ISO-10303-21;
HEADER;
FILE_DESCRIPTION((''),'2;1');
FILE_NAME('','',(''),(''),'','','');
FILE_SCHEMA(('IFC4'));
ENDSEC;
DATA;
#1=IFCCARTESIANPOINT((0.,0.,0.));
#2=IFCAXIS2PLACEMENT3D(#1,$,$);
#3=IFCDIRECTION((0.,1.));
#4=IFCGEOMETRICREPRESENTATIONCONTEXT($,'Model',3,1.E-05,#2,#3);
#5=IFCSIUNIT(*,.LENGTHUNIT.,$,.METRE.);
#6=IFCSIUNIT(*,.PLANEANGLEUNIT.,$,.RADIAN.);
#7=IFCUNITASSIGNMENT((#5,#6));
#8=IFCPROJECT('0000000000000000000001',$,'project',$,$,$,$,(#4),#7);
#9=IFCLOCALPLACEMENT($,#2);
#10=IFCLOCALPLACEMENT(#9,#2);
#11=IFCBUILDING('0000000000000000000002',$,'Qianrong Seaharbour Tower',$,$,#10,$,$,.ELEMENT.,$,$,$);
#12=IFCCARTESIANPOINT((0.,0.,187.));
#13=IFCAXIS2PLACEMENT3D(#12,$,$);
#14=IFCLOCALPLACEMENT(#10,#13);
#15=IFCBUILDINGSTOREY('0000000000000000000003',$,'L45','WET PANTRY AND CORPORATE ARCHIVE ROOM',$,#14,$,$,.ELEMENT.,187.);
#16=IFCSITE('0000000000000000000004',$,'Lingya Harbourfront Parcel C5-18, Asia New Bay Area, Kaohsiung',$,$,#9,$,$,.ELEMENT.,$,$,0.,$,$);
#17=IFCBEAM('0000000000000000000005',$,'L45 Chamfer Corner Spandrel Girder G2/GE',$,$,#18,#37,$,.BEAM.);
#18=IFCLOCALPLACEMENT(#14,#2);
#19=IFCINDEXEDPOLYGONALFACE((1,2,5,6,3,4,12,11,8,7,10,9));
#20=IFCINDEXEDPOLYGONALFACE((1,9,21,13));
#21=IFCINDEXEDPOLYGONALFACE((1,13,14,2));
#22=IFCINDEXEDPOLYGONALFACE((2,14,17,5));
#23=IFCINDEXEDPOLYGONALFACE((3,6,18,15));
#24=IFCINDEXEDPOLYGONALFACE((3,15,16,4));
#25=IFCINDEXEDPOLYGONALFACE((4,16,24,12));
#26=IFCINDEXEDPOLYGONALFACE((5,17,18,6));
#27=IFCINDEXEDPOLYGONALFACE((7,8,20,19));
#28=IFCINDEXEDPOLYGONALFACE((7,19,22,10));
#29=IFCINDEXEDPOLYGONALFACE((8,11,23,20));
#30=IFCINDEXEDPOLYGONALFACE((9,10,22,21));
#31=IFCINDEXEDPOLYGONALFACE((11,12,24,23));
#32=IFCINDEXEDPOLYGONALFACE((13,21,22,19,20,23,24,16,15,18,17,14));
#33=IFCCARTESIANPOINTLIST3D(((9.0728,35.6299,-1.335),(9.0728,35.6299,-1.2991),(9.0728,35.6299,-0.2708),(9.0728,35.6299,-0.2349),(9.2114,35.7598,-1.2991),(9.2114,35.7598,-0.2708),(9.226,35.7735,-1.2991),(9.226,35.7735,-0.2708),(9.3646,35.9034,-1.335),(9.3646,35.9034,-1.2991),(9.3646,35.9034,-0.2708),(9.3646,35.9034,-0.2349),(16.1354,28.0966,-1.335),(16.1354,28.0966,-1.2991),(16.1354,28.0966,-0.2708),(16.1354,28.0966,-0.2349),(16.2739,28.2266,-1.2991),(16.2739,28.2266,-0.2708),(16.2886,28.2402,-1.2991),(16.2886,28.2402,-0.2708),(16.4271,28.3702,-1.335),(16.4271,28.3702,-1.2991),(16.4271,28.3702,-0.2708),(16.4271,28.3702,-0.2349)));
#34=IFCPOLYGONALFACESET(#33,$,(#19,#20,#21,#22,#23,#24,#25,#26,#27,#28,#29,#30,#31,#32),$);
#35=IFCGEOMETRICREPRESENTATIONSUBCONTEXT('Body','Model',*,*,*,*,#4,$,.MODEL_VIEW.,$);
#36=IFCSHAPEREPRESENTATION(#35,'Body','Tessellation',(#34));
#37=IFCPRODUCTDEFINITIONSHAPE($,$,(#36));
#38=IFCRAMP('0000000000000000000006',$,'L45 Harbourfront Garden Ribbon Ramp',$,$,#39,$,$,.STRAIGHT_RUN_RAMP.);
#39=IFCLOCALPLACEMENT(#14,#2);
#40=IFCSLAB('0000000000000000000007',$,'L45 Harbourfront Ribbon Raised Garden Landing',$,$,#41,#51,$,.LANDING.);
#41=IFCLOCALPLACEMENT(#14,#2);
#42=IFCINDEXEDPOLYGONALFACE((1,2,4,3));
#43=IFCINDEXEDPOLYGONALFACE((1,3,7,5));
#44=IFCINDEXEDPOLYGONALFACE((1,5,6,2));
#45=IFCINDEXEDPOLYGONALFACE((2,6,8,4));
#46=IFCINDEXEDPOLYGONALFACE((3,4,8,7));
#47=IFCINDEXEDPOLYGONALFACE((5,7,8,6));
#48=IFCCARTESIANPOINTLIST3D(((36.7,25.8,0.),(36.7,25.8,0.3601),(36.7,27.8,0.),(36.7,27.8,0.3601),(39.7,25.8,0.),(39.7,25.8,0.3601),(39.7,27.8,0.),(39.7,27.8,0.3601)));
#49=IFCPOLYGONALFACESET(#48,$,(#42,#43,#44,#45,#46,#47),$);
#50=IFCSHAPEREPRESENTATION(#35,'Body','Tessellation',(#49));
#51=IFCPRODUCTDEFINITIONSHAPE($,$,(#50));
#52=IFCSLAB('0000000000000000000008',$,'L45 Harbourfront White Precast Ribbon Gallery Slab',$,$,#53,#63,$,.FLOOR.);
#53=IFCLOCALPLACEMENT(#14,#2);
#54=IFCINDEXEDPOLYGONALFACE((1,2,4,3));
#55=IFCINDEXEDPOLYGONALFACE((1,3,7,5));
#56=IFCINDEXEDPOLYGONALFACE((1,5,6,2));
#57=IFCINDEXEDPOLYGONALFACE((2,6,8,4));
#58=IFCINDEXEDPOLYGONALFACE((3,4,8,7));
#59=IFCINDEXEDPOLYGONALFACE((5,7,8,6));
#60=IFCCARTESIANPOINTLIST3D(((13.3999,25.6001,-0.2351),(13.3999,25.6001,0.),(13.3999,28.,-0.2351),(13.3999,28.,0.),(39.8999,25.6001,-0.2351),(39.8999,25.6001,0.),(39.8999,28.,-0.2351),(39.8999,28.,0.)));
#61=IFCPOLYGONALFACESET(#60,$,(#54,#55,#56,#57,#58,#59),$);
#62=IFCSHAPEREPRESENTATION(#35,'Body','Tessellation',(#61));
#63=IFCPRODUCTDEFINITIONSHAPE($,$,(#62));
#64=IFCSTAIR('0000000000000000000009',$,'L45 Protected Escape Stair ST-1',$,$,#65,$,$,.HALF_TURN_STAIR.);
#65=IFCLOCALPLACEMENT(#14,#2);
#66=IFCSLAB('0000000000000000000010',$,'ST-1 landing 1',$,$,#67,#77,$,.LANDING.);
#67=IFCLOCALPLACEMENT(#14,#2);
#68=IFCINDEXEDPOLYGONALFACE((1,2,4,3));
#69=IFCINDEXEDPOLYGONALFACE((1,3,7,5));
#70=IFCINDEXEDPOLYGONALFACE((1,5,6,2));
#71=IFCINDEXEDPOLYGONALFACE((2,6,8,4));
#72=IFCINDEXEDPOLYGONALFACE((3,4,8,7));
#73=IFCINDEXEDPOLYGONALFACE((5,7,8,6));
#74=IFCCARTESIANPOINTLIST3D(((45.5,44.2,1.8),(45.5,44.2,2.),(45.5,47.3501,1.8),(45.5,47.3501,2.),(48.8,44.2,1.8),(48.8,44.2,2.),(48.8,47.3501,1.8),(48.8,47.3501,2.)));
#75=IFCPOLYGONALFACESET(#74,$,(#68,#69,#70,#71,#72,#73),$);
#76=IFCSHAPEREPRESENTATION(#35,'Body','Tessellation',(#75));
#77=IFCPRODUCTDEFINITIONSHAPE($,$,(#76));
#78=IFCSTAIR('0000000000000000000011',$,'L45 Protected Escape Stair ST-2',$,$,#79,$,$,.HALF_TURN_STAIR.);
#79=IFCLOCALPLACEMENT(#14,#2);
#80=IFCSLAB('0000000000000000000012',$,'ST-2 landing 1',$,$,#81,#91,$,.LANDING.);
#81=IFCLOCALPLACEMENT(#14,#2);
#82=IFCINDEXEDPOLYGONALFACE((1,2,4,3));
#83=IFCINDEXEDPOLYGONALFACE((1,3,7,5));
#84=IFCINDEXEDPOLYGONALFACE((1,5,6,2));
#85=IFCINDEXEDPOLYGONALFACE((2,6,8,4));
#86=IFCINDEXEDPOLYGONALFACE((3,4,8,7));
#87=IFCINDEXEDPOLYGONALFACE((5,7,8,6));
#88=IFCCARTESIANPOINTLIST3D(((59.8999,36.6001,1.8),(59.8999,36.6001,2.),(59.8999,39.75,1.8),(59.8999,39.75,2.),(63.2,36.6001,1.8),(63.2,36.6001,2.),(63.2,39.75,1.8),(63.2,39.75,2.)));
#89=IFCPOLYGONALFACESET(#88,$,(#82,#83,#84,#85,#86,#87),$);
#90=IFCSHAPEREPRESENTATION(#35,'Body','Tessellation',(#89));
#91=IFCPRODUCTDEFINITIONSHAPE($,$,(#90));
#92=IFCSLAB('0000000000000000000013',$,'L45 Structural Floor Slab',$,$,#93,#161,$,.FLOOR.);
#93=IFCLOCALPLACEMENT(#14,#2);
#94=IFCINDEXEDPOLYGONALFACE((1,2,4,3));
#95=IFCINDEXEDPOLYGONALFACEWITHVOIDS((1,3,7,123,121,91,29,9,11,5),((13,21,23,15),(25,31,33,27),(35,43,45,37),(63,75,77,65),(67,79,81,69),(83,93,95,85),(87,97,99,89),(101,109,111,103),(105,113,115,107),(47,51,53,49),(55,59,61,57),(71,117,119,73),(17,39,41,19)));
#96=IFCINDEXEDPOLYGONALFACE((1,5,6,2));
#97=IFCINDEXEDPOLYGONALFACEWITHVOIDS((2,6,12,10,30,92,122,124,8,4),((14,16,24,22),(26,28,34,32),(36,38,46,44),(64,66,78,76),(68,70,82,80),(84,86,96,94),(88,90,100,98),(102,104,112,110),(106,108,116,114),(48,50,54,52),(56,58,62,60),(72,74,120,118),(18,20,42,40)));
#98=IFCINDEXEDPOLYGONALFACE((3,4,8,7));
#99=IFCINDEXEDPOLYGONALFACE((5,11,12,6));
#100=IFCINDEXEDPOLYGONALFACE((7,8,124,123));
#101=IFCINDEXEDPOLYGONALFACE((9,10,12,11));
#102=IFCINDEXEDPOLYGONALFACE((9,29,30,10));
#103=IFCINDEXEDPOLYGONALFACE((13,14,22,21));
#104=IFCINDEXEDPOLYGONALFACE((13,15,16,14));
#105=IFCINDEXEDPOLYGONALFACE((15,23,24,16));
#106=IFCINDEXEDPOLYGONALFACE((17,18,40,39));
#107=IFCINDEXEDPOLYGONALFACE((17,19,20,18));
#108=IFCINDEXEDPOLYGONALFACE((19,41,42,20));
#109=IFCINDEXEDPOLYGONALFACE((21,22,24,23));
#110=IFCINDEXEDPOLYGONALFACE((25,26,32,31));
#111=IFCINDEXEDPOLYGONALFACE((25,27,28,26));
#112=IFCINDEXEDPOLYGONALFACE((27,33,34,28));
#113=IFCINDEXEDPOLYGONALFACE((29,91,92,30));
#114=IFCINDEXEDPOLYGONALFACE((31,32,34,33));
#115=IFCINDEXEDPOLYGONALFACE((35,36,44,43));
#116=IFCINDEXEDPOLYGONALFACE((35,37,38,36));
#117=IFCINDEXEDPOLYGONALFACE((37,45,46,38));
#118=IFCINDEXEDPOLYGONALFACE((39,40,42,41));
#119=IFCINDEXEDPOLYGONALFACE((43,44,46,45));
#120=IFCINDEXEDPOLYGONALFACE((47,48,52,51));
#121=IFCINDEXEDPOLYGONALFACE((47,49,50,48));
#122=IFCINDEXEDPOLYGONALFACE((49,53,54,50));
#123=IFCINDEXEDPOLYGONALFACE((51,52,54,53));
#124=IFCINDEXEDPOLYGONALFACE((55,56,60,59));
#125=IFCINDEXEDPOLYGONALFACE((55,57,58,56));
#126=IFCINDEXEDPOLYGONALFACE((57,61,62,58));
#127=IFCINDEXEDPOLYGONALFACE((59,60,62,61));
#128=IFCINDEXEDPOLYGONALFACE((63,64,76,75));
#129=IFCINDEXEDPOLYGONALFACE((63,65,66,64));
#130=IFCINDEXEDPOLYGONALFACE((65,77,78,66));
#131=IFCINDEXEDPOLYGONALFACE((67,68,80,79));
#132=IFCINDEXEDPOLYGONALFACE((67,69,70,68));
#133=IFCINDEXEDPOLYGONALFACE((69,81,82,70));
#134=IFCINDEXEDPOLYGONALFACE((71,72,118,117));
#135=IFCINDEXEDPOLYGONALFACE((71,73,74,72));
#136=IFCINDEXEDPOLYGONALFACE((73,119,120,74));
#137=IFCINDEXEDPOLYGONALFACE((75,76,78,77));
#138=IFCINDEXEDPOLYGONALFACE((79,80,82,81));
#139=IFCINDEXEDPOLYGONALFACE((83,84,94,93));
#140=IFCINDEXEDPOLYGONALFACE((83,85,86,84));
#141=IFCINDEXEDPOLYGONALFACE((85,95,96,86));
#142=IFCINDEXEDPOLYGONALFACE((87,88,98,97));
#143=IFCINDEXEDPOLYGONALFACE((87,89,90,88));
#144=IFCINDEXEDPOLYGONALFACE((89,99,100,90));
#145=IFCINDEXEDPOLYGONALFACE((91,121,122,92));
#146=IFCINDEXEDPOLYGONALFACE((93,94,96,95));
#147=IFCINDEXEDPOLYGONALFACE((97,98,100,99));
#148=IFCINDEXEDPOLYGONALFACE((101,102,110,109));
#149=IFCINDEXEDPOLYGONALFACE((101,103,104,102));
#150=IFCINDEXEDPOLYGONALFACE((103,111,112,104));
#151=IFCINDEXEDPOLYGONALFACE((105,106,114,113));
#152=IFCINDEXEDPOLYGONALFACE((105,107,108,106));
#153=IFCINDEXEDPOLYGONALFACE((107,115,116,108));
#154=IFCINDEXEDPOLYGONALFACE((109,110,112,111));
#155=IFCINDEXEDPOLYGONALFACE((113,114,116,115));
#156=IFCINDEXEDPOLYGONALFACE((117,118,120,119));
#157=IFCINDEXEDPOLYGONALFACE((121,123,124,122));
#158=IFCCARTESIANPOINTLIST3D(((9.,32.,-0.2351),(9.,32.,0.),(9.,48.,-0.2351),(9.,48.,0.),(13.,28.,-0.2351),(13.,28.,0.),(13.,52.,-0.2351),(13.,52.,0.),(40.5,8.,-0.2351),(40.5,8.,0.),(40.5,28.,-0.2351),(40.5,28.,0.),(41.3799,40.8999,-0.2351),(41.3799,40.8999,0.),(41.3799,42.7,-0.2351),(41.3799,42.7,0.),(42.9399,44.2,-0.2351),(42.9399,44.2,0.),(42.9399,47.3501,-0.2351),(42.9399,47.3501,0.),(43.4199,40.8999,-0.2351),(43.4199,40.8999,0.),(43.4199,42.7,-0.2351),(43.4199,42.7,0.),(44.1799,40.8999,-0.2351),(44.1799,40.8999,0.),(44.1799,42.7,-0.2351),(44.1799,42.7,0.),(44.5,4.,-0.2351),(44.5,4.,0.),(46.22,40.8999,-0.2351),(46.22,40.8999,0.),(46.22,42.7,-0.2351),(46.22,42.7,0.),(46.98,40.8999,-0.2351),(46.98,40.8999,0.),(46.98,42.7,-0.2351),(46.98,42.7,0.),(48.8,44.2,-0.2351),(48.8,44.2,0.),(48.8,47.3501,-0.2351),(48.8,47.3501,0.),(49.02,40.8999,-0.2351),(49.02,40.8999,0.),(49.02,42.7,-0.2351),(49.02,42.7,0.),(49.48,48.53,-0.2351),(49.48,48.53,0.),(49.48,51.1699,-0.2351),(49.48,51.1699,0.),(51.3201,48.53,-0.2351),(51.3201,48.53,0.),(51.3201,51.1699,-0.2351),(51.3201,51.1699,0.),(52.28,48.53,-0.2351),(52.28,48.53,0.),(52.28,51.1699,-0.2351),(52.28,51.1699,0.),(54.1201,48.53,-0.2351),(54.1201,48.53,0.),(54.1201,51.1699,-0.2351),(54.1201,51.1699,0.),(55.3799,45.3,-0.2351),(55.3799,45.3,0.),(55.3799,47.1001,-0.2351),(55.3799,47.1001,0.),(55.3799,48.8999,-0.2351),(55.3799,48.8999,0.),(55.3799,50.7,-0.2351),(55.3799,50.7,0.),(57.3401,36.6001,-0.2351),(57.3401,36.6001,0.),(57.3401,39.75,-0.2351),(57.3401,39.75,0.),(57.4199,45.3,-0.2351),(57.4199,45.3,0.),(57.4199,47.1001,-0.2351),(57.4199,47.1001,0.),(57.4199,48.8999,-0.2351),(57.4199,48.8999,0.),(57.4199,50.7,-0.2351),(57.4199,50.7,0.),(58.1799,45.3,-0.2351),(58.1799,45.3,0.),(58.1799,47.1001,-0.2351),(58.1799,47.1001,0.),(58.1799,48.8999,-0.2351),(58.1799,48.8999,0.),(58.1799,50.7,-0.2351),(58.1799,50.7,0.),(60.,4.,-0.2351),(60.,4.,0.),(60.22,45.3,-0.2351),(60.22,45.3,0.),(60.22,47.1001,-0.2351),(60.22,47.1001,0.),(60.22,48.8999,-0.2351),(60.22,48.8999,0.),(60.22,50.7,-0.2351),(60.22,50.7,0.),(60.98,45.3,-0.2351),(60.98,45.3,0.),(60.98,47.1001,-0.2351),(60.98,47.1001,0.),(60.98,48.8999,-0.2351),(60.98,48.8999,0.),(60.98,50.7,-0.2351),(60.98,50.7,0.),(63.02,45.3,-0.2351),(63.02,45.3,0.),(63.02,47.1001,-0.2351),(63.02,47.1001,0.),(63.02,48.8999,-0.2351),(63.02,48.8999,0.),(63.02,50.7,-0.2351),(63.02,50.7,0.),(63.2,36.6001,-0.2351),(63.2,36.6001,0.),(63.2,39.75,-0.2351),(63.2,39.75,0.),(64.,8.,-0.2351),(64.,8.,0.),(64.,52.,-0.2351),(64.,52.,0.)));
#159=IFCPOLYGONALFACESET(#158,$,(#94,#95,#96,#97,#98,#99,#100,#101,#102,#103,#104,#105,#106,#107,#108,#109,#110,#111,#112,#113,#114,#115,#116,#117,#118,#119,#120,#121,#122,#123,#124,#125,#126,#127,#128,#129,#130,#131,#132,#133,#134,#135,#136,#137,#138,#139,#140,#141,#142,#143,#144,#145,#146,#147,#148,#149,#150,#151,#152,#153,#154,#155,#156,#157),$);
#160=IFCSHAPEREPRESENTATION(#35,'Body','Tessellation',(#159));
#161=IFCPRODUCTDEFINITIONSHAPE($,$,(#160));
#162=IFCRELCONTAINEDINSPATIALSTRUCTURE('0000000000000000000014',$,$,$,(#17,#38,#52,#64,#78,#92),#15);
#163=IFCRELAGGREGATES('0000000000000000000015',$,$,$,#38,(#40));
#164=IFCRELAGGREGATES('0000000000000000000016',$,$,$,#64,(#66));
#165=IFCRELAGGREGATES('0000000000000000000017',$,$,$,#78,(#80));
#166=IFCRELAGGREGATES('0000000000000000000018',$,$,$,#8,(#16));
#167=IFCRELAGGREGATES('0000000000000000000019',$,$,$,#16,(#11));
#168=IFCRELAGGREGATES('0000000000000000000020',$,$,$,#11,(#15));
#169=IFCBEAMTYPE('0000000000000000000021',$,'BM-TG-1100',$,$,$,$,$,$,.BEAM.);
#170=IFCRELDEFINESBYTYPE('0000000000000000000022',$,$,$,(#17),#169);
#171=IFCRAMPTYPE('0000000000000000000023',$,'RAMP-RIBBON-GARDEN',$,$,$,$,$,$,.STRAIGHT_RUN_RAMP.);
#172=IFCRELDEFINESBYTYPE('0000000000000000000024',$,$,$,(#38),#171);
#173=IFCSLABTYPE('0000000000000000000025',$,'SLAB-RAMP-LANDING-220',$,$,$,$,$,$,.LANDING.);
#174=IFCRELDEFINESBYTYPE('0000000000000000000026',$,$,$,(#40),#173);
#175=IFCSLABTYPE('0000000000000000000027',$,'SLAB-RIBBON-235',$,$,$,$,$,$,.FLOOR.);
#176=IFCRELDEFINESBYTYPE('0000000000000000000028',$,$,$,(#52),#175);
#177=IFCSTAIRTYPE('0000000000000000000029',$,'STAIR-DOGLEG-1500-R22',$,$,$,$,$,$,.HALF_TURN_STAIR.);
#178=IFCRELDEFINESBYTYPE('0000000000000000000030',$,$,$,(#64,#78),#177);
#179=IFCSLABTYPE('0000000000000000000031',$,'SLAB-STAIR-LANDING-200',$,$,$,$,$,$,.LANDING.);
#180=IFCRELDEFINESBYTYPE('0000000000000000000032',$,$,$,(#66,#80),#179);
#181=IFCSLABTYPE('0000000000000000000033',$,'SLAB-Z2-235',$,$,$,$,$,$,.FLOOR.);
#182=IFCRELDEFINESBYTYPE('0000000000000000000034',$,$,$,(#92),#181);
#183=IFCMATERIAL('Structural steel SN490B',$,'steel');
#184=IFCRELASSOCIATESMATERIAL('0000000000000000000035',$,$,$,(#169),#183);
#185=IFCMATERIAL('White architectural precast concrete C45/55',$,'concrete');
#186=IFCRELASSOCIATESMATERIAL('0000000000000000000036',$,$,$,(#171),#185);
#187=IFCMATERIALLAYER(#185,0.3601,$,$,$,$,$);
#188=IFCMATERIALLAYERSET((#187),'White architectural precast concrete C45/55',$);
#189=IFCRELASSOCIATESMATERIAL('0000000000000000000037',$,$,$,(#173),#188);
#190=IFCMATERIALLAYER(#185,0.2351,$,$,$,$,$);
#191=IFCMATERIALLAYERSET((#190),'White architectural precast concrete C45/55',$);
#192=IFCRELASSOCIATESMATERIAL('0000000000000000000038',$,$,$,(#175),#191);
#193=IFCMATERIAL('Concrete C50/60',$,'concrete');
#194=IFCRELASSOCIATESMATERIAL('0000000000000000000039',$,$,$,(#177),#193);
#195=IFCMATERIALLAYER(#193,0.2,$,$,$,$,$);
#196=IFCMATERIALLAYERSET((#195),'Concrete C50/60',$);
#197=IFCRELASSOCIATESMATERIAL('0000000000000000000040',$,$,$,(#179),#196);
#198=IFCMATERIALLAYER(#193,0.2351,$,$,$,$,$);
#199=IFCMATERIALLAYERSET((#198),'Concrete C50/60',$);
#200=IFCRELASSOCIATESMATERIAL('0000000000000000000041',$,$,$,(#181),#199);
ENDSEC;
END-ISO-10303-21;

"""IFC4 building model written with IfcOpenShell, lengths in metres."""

from ifc_helpers import new_model, si_unit, direction, frame, origin, origin_2d, place, context, subcontext, project, spatial, polyline, i_section, outline, extrude, material, layer, layer_set, material_profile, profile_set, type_object, element, aggregate, save


model = new_model("IFC4")

# Units and contexts
model_context = context("Model", 3, precision=1e-05, world=origin(), true_north=direction((0.0, 1.0)))
body_context = subcontext(model_context, "Body", "Model", "MODEL_VIEW")
ifc_project = project(units=[si_unit("LENGTHUNIT", "METRE"), si_unit("PLANEANGLEUNIT", "RADIAN")], contexts=[model_context])

# Site, building, storey
site_placement = place(None, origin())
site = spatial("IfcSite", under=ifc_project, at=site_placement, Name="Lingya Harbourfront Parcel C5-18, Asia New Bay Area, Kaohsiung", CompositionType="ELEMENT", RefElevation=0.0)
building_placement = place(site_placement, origin())
building = spatial("IfcBuilding", under=site, at=building_placement, Name="Qianrong Seaharbour Tower", CompositionType="ELEMENT")
storey_placement = place(building_placement, frame((0.0, 0.0, 187.0)))
storey = spatial("IfcBuildingStorey", under=building, at=storey_placement, Name="L45", Description="WET PANTRY AND CORPORATE ARCHIVE ROOM", CompositionType="ELEMENT", Elevation=187.0)

# Shared definitions
ifc_material_1 = material(Name="Structural steel SN490B", Category="steel")

# Beam
ifc_material_profile_1 = material_profile(ifc_material_1, i_section(OverallWidth=0.3999, OverallDepth=1.1001, WebThickness=0.02, FlangeThickness=0.0359, at=origin_2d()), Name="BH1100x400x20x36")
ifc_profile_set_1 = profile_set([ifc_material_profile_1], Name="Structural steel SN490B")
beam_type_1 = type_object("IfcBeamType", Name="BM-TG-1100", PredefinedType="BEAM", material=ifc_profile_set_1)
beam_1_placement = place(storey_placement, frame((16.2812, 28.2334, -0.7849), z_axis=(-0.683947, 0.729531, 0.0), x_axis=(-0.729531, -0.683947, 0.0)))
element("IfcBeam", 1, at=beam_1_placement, inside=storey, type_object=beam_type_1, Name="L45 Chamfer Corner Spandrel Girder G2/GE", PredefinedType="BEAM", context=body_context, shape_type="SweptSolid", body=[
    extrude(i_section(OverallWidth=0.3999, OverallDepth=1.1001, WebThickness=0.02, FlangeThickness=0.0359, at=origin_2d()), origin(), (0.0, 0.0, 1.0), 10.3262),
])

# Ramp, slab
ifc_material_2 = material(Name="White architectural precast concrete C45/55", Category="concrete")
ramp_type = type_object("IfcRampType", Name="RAMP-RIBBON-GARDEN", PredefinedType="STRAIGHT_RUN_RAMP", material=ifc_material_2)
ramp_placement = place(storey_placement, origin())
ramp = element("IfcRamp", 2, at=ramp_placement, inside=storey, type_object=ramp_type, Name="L45 Harbourfront Garden Ribbon Ramp", PredefinedType="STRAIGHT_RUN_RAMP")
ifc_layer_1 = layer(ifc_material_2, 0.3601)
ifc_layer_set_1 = layer_set([ifc_layer_1], Name="White architectural precast concrete C45/55")
slab_type_1 = type_object("IfcSlabType", Name="SLAB-RAMP-LANDING-220", PredefinedType="LANDING", material=ifc_layer_set_1)
slab_1_placement = place(storey_placement, origin())
slab_1 = element("IfcSlab", 3, at=slab_1_placement, type_object=slab_type_1, Name="L45 Harbourfront Ribbon Raised Garden Landing", PredefinedType="LANDING", context=body_context, shape_type="SweptSolid", body=[
    extrude(outline(polyline([(36.7, 25.8), (39.7, 25.8), (39.7, 27.8), (36.7, 27.8), (36.7, 25.8)])), origin(), (0.0, 0.0, 1.0), 0.3601),
])
aggregate(ramp, [slab_1])

# Slab
ifc_layer_2 = layer(ifc_material_2, 0.2351)
ifc_layer_set_2 = layer_set([ifc_layer_2], Name="White architectural precast concrete C45/55")
slab_type_2 = type_object("IfcSlabType", Name="SLAB-RIBBON-235", PredefinedType="FLOOR", material=ifc_layer_set_2)
slab_2_placement = place(storey_placement, frame((0.0, 0.0, -0.2351)))
element("IfcSlab", 4, at=slab_2_placement, inside=storey, type_object=slab_type_2, Name="L45 Harbourfront White Precast Ribbon Gallery Slab", PredefinedType="FLOOR", context=body_context, shape_type="SweptSolid", body=[
    extrude(outline(polyline([(13.3999, 25.6001), (39.8999, 25.6001), (39.8999, 28.0), (13.3999, 28.0), (13.3999, 25.6001)])), origin(), (0.0, 0.0, 1.0), 0.2351),
])

# Stairs, slabs
ifc_material_3 = material(Name="Concrete C50/60", Category="concrete")
stair_type = type_object("IfcStairType", Name="STAIR-DOGLEG-1500-R22", PredefinedType="HALF_TURN_STAIR", material=ifc_material_3)
stair_1_placement = place(storey_placement, origin())
stair_1 = element("IfcStair", 5, at=stair_1_placement, inside=storey, type_object=stair_type, Name="L45 Protected Escape Stair ST-1", PredefinedType="HALF_TURN_STAIR")
ifc_layer_3 = layer(ifc_material_3, 0.2)
ifc_layer_set_3 = layer_set([ifc_layer_3], Name="Concrete C50/60")
slab_type_3 = type_object("IfcSlabType", Name="SLAB-STAIR-LANDING-200", PredefinedType="LANDING", material=ifc_layer_set_3)
slab_3_placement = place(storey_placement, frame((0.0, 0.0, 1.8)))
slab_3 = element("IfcSlab", 6, at=slab_3_placement, type_object=slab_type_3, Name="ST-1 landing 1", PredefinedType="LANDING", context=body_context, shape_type="SweptSolid", body=[
    extrude(outline(polyline([(45.5, 44.2), (48.8, 44.2), (48.8, 47.3501), (45.5, 47.3501), (45.5, 44.2)])), origin(), (0.0, 0.0, 1.0), 0.2),
])
aggregate(stair_1, [slab_3])
stair_2_placement = place(storey_placement, origin())
stair_2 = element("IfcStair", 7, at=stair_2_placement, inside=storey, type_object=stair_type, Name="L45 Protected Escape Stair ST-2", PredefinedType="HALF_TURN_STAIR")
slab_4_placement = place(storey_placement, frame((0.0, 0.0, 1.8)))
slab_4 = element("IfcSlab", 8, at=slab_4_placement, type_object=slab_type_3, Name="ST-2 landing 1", PredefinedType="LANDING", context=body_context, shape_type="SweptSolid", body=[
    extrude(outline(polyline([(59.8999, 36.6001), (63.2, 36.6001), (63.2, 39.75), (59.8999, 39.75), (59.8999, 36.6001)])), origin(), (0.0, 0.0, 1.0), 0.2),
])
aggregate(stair_2, [slab_4])

# Slab
ifc_layer_4 = layer(ifc_material_3, 0.2351)
ifc_layer_set_4 = layer_set([ifc_layer_4], Name="Concrete C50/60")
slab_type_4 = type_object("IfcSlabType", Name="SLAB-Z2-235", PredefinedType="FLOOR", material=ifc_layer_set_4)
slab_5_placement = place(storey_placement, frame((0.0, 0.0, -0.2351)))
element("IfcSlab", 9, at=slab_5_placement, inside=storey, type_object=slab_type_4, Name="L45 Structural Floor Slab", PredefinedType="FLOOR", context=body_context, shape_type="SweptSolid", body=[
    extrude(outline(polyline([(44.5, 4.0), (60.0, 4.0), (64.0, 8.0), (64.0, 52.0), (13.0, 52.0), (9.0, 48.0), (9.0, 32.0), (13.0, 28.0), (40.5, 28.0), (40.5, 8.0), (44.5, 4.0)]), holes=[polyline([(42.9399, 44.2), (42.9399, 47.3501), (48.8, 47.3501), (48.8, 44.2), (42.9399, 44.2)]), polyline([(57.3401, 36.6001), (57.3401, 39.75), (63.2, 39.75), (63.2, 36.6001), (57.3401, 36.6001)]), polyline([(49.48, 48.53), (49.48, 51.1699), (51.3201, 51.1699), (51.3201, 48.53), (49.48, 48.53)]), polyline([(52.28, 48.53), (52.28, 51.1699), (54.1201, 51.1699), (54.1201, 48.53), (52.28, 48.53)]), polyline([(41.3799, 40.8999), (41.3799, 42.7), (43.4199, 42.7), (43.4199, 40.8999), (41.3799, 40.8999)]), polyline([(44.1799, 40.8999), (44.1799, 42.7), (46.22, 42.7), (46.22, 40.8999), (44.1799, 40.8999)]), polyline([(46.98, 40.8999), (46.98, 42.7), (49.02, 42.7), (49.02, 40.8999), (46.98, 40.8999)]), polyline([(55.3799, 45.3), (55.3799, 47.1001), (57.4199, 47.1001), (57.4199, 45.3), (55.3799, 45.3)]), polyline([(58.1799, 45.3), (58.1799, 47.1001), (60.22, 47.1001), (60.22, 45.3), (58.1799, 45.3)]), polyline([(60.98, 45.3), (60.98, 47.1001), (63.02, 47.1001), (63.02, 45.3), (60.98, 45.3)]), polyline([(55.3799, 48.8999), (55.3799, 50.7), (57.4199, 50.7), (57.4199, 48.8999), (55.3799, 48.8999)]), polyline([(58.1799, 48.8999), (58.1799, 50.7), (60.22, 50.7), (60.22, 48.8999), (58.1799, 48.8999)]), polyline([(60.98, 48.8999), (60.98, 50.7), (63.02, 50.7), (63.02, 48.8999), (60.98, 48.8999)])]), origin(), (0.0, 0.0, 1.0), 0.2351),
])

save(model, "model.ifc")
